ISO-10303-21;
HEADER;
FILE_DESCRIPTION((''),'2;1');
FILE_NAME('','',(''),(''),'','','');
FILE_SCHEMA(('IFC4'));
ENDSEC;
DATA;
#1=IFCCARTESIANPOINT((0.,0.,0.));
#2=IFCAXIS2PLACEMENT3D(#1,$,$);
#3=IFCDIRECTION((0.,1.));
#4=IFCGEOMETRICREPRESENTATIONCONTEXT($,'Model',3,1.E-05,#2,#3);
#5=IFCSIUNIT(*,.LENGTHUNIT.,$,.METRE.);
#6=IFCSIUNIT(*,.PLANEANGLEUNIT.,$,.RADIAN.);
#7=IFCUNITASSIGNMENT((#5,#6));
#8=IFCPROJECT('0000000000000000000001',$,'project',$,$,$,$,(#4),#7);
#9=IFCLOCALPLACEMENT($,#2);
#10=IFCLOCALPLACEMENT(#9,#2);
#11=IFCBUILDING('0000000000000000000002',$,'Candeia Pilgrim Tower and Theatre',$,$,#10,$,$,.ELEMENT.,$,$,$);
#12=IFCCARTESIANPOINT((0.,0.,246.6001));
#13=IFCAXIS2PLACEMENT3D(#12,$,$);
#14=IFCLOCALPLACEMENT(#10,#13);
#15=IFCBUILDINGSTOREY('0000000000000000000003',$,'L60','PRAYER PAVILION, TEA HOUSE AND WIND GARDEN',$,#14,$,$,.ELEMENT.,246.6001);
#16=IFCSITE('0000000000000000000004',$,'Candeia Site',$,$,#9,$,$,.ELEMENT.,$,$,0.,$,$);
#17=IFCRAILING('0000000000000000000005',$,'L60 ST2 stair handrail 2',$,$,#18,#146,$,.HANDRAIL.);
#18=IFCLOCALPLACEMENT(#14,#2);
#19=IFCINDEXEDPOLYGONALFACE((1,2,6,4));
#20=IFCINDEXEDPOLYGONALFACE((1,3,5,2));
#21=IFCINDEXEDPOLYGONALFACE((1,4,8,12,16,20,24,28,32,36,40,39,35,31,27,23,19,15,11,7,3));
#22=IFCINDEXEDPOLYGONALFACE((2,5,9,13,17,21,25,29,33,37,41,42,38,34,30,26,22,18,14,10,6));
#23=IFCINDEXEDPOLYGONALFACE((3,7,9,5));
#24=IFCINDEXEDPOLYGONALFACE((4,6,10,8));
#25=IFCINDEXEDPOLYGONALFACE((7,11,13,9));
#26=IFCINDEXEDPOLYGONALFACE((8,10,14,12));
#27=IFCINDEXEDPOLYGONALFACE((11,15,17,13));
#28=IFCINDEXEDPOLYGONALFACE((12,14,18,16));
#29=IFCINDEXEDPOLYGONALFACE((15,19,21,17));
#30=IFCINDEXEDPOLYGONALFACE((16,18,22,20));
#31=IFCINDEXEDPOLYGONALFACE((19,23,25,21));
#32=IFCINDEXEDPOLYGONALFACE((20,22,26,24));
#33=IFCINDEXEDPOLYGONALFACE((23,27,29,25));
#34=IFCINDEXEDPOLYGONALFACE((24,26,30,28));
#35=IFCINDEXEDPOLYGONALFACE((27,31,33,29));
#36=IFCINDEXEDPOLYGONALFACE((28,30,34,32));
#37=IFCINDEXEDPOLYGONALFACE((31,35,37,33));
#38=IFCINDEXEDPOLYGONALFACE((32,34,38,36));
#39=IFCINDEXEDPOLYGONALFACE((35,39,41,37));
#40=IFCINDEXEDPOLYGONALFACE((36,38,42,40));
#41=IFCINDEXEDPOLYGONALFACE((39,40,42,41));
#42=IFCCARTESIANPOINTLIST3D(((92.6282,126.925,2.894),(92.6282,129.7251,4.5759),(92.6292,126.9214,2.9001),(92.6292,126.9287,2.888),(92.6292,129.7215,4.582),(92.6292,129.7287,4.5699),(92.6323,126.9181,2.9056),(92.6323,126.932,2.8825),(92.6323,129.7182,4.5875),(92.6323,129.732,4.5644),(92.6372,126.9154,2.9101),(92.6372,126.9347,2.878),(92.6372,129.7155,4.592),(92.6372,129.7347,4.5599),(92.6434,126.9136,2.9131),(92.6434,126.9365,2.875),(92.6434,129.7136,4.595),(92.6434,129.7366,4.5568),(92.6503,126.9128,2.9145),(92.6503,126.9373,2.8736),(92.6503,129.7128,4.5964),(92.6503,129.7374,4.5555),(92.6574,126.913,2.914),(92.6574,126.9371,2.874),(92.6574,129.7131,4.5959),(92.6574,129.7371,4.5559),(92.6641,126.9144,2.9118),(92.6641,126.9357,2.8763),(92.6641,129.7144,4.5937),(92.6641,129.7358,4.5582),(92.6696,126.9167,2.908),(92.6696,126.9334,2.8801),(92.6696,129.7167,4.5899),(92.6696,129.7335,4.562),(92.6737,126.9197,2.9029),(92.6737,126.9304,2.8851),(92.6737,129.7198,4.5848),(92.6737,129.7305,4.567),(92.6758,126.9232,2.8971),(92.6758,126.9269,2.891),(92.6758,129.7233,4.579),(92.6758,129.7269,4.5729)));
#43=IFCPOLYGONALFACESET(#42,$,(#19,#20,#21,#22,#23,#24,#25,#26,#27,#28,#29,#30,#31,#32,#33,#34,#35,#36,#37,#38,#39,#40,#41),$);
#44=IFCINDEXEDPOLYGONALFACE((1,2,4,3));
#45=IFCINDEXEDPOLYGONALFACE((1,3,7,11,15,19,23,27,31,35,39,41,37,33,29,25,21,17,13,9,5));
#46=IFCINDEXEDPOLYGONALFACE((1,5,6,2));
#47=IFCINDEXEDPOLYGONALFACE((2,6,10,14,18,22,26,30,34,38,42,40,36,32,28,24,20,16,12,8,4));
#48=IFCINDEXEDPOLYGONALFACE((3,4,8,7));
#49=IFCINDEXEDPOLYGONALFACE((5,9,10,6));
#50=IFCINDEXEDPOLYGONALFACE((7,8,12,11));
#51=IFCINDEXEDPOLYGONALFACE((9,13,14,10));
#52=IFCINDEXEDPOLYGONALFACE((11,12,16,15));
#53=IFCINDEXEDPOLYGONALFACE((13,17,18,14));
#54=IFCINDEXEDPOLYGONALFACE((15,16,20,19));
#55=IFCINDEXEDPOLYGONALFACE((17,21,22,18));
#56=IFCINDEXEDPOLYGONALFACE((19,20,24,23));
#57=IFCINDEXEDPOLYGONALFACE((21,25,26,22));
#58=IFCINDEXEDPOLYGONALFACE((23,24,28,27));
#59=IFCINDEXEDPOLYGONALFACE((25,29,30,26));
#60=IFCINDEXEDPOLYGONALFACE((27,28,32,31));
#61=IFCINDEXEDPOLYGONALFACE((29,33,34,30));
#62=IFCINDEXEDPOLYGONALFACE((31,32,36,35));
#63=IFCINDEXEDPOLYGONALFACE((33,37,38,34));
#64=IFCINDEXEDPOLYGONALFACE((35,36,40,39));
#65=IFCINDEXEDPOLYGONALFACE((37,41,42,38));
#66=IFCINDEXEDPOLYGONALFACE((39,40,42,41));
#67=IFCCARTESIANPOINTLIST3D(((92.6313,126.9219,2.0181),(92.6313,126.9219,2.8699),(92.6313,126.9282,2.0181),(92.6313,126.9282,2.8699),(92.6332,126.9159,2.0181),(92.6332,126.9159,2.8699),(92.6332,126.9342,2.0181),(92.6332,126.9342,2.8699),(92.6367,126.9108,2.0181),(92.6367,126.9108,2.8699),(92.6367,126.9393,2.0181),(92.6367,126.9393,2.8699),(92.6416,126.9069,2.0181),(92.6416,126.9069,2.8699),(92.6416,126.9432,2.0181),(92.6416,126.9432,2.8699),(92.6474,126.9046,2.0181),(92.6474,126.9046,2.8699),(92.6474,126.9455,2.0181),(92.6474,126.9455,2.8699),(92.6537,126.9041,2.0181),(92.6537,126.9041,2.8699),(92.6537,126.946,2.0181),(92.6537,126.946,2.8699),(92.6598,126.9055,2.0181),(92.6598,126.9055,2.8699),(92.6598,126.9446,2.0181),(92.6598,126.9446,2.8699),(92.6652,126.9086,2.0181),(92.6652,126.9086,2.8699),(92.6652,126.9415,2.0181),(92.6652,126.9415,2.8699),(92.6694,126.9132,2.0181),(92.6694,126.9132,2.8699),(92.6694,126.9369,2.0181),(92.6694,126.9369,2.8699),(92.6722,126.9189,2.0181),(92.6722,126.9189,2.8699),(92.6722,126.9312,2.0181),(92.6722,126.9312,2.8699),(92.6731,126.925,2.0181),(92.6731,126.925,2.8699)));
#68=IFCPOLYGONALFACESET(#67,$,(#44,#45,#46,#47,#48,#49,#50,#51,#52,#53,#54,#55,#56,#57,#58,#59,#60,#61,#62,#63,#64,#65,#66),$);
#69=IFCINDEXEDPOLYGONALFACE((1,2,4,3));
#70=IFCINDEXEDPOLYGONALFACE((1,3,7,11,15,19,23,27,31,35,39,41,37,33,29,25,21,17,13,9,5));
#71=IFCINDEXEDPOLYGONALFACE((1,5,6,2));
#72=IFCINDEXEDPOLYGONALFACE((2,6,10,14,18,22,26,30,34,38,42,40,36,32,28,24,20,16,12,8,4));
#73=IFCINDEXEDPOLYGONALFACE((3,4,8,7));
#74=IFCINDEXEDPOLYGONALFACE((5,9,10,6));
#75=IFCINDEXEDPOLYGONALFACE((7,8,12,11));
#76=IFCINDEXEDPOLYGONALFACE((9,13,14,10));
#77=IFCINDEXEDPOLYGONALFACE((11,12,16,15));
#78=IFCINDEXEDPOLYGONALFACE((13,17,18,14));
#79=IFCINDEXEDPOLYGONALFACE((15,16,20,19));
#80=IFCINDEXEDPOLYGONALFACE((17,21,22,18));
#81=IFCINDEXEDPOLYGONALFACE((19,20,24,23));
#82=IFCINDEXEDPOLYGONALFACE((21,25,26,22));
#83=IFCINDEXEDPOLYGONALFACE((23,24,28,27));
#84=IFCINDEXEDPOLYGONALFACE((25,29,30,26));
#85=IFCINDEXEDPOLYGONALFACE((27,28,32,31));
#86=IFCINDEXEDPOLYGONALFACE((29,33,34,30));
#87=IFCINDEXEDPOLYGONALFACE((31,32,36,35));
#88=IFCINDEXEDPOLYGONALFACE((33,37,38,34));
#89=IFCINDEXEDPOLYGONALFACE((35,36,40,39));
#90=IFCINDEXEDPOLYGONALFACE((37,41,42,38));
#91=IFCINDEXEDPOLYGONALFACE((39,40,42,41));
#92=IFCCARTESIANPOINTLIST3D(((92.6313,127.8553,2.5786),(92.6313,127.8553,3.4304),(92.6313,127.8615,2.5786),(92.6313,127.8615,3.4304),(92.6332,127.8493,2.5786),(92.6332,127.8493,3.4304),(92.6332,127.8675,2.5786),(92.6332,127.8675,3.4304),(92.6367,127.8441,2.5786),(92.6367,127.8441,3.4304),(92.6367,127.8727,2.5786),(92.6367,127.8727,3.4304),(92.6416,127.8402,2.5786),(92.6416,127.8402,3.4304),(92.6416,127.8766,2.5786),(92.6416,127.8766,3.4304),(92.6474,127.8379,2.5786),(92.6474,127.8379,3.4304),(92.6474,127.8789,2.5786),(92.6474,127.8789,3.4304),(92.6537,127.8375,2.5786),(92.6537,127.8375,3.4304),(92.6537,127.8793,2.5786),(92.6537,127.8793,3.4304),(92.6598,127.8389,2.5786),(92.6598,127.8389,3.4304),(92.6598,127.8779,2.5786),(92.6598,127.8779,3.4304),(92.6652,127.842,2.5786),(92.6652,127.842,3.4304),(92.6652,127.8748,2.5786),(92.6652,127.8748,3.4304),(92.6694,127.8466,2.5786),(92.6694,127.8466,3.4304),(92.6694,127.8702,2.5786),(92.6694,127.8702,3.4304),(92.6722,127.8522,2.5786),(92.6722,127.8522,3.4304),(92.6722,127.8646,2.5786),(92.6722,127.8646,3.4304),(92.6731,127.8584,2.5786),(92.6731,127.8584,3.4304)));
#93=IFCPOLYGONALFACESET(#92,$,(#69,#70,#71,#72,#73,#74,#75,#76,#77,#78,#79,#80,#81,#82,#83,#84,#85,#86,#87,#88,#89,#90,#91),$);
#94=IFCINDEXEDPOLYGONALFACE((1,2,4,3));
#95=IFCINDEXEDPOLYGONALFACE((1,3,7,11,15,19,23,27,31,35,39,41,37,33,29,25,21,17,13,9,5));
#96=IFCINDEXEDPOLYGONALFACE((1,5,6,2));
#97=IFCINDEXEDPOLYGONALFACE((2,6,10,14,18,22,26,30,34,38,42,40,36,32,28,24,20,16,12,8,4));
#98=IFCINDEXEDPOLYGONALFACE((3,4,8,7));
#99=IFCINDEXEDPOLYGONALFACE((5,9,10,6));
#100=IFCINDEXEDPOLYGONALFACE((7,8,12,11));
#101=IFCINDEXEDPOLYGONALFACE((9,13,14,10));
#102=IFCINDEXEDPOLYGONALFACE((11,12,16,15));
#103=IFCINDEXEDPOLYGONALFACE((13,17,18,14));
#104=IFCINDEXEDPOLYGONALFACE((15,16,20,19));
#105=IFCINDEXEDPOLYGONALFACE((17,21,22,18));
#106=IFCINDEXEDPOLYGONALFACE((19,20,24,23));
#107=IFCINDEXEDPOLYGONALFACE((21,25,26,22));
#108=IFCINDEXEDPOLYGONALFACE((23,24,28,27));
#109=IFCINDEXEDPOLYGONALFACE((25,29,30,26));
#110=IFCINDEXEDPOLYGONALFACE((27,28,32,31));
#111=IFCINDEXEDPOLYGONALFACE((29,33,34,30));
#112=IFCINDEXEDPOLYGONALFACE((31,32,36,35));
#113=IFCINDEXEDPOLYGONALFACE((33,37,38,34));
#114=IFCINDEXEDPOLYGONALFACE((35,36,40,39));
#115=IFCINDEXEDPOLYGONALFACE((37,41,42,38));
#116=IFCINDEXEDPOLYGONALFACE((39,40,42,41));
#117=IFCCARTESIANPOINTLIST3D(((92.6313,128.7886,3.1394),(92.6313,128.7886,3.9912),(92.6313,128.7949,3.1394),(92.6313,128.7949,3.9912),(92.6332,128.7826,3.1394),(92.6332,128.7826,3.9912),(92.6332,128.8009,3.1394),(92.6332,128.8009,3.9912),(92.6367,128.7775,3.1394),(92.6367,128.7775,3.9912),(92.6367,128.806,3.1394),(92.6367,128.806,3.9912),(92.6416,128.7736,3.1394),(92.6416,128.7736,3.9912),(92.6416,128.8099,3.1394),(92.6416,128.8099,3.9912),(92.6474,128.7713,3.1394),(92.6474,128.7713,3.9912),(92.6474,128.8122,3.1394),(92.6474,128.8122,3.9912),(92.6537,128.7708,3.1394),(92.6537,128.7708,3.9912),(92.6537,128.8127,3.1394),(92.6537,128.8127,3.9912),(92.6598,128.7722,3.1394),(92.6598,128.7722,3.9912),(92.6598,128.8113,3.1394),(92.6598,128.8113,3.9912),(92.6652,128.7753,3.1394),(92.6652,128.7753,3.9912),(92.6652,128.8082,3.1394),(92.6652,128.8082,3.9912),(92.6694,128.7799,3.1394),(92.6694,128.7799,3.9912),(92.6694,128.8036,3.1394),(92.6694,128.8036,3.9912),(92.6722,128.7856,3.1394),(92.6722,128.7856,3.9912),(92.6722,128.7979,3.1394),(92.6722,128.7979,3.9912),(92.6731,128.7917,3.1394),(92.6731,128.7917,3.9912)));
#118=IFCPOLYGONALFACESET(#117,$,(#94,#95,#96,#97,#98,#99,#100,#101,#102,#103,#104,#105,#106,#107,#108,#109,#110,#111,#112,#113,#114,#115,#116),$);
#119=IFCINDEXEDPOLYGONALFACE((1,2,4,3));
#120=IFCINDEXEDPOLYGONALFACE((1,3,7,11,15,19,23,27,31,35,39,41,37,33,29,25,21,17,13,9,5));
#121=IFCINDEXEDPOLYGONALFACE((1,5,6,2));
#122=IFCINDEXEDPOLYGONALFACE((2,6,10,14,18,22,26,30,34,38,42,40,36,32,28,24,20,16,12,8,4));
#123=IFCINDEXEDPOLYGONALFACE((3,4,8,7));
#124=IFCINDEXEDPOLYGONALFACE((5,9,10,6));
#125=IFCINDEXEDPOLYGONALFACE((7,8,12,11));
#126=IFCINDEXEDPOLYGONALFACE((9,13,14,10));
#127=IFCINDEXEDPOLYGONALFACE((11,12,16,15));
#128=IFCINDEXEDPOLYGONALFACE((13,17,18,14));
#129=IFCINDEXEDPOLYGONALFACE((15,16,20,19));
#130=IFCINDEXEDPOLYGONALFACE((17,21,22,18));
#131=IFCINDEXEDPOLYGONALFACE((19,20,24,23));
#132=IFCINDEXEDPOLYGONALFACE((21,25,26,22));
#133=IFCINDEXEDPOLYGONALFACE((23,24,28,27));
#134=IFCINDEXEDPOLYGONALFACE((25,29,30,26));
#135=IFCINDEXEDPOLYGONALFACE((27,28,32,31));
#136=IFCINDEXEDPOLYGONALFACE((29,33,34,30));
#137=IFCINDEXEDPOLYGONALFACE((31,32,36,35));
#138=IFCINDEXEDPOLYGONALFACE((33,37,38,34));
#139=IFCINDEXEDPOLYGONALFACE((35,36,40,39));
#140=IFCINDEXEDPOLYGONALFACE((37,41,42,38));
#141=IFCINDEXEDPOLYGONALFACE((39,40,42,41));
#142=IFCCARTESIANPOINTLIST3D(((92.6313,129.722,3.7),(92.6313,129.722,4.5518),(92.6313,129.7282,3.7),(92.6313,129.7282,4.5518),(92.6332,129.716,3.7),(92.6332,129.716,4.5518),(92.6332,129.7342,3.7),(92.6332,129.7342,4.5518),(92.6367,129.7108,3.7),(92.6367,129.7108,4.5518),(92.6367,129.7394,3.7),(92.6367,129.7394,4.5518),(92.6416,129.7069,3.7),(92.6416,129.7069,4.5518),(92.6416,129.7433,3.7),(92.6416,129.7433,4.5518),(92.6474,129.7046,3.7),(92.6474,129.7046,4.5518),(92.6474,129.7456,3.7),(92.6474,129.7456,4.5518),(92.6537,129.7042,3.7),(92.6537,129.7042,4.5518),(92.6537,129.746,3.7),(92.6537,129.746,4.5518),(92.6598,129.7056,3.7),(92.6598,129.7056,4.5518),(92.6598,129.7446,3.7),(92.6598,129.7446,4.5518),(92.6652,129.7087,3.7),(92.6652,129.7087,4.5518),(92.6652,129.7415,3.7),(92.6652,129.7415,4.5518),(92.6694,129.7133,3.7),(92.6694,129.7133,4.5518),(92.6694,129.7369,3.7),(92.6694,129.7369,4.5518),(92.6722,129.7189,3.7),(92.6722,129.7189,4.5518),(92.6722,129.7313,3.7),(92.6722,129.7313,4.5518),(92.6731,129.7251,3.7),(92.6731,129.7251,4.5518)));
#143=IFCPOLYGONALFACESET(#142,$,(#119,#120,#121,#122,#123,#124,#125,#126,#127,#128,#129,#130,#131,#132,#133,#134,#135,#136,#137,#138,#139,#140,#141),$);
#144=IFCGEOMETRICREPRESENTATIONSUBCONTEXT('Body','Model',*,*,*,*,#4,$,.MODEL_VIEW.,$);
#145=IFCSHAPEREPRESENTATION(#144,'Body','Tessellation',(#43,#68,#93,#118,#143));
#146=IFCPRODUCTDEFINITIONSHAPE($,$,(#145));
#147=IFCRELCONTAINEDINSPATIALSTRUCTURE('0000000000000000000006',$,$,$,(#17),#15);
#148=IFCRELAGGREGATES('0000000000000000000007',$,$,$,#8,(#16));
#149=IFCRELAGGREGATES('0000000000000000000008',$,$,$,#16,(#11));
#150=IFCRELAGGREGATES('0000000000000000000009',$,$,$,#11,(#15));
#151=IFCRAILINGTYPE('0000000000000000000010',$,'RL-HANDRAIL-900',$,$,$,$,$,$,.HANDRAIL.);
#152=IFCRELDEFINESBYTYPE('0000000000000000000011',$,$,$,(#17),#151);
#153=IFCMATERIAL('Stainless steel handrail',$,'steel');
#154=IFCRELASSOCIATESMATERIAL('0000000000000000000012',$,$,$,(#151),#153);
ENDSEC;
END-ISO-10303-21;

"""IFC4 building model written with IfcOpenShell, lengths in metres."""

from ifc_helpers import new_model, si_unit, direction, frame, origin, origin_2d, place, context, subcontext, project, spatial, circle, extrude, material, type_object, element, save


model = new_model("IFC4")

# Units and contexts
model_context = context("Model", 3, precision=1e-05, world=origin(), true_north=direction((0.0, 1.0)))
body_context = subcontext(model_context, "Body", "Model", "MODEL_VIEW")
ifc_project = project(units=[si_unit("LENGTHUNIT", "METRE"), si_unit("PLANEANGLEUNIT", "RADIAN")], contexts=[model_context])

# Site, building, storey
site_placement = place(None, origin())
site = spatial("IfcSite", under=ifc_project, at=site_placement, Name="Candeia Site", CompositionType="ELEMENT", RefElevation=0.0)
building_placement = place(site_placement, origin())
building = spatial("IfcBuilding", under=site, at=building_placement, Name="Candeia Pilgrim Tower and Theatre", CompositionType="ELEMENT")
storey_placement = place(building_placement, frame((0.0, 0.0, 246.6001)))
storey = spatial("IfcBuildingStorey", under=building, at=storey_placement, Name="L60", Description="PRAYER PAVILION, TEA HOUSE AND WIND GARDEN", CompositionType="ELEMENT", Elevation=246.6001)

# Railing
ifc_material_1 = material(Name="Stainless steel handrail", Category="steel")
railing_type_1 = type_object("IfcRailingType", Name="RL-HANDRAIL-900", PredefinedType="HANDRAIL", material=ifc_material_1)
for number, where, name in (
    (1, (92.6521, 126.925, 2.0181), "L60 ST2 stair handrail 2"),
):
    element("IfcRailing", number, at=place(storey_placement, frame(where)), inside=storey, type_object=railing_type_1, Name=name, PredefinedType="HANDRAIL", context=body_context, shape_type="SweptSolid", body=[
        extrude(circle(Radius=0.0239, at=origin_2d()), frame((0.0, 0.0, 0.876), z_axis=(0.0, 0.857242, 0.514913), x_axis=(-1.0, 0.0, 0.0)), (0.0, 0.0, 1.0), 3.2664),
        extrude(circle(Radius=0.021, at=origin_2d()), origin(), (0.0, 0.0, 1.0), 0.8518),
        extrude(circle(Radius=0.021, at=origin_2d()), frame((0.0, 0.9333, 0.5605)), (0.0, 0.0, 1.0), 0.8518),
        extrude(circle(Radius=0.021, at=origin_2d()), frame((0.0, 1.8667, 1.1213)), (0.0, 0.0, 1.0), 0.8518),
        extrude(circle(Radius=0.021, at=origin_2d()), frame((0.0, 2.8, 1.6819)), (0.0, 0.0, 1.0), 0.8518),
    ])

save(model, "model.ifc")
